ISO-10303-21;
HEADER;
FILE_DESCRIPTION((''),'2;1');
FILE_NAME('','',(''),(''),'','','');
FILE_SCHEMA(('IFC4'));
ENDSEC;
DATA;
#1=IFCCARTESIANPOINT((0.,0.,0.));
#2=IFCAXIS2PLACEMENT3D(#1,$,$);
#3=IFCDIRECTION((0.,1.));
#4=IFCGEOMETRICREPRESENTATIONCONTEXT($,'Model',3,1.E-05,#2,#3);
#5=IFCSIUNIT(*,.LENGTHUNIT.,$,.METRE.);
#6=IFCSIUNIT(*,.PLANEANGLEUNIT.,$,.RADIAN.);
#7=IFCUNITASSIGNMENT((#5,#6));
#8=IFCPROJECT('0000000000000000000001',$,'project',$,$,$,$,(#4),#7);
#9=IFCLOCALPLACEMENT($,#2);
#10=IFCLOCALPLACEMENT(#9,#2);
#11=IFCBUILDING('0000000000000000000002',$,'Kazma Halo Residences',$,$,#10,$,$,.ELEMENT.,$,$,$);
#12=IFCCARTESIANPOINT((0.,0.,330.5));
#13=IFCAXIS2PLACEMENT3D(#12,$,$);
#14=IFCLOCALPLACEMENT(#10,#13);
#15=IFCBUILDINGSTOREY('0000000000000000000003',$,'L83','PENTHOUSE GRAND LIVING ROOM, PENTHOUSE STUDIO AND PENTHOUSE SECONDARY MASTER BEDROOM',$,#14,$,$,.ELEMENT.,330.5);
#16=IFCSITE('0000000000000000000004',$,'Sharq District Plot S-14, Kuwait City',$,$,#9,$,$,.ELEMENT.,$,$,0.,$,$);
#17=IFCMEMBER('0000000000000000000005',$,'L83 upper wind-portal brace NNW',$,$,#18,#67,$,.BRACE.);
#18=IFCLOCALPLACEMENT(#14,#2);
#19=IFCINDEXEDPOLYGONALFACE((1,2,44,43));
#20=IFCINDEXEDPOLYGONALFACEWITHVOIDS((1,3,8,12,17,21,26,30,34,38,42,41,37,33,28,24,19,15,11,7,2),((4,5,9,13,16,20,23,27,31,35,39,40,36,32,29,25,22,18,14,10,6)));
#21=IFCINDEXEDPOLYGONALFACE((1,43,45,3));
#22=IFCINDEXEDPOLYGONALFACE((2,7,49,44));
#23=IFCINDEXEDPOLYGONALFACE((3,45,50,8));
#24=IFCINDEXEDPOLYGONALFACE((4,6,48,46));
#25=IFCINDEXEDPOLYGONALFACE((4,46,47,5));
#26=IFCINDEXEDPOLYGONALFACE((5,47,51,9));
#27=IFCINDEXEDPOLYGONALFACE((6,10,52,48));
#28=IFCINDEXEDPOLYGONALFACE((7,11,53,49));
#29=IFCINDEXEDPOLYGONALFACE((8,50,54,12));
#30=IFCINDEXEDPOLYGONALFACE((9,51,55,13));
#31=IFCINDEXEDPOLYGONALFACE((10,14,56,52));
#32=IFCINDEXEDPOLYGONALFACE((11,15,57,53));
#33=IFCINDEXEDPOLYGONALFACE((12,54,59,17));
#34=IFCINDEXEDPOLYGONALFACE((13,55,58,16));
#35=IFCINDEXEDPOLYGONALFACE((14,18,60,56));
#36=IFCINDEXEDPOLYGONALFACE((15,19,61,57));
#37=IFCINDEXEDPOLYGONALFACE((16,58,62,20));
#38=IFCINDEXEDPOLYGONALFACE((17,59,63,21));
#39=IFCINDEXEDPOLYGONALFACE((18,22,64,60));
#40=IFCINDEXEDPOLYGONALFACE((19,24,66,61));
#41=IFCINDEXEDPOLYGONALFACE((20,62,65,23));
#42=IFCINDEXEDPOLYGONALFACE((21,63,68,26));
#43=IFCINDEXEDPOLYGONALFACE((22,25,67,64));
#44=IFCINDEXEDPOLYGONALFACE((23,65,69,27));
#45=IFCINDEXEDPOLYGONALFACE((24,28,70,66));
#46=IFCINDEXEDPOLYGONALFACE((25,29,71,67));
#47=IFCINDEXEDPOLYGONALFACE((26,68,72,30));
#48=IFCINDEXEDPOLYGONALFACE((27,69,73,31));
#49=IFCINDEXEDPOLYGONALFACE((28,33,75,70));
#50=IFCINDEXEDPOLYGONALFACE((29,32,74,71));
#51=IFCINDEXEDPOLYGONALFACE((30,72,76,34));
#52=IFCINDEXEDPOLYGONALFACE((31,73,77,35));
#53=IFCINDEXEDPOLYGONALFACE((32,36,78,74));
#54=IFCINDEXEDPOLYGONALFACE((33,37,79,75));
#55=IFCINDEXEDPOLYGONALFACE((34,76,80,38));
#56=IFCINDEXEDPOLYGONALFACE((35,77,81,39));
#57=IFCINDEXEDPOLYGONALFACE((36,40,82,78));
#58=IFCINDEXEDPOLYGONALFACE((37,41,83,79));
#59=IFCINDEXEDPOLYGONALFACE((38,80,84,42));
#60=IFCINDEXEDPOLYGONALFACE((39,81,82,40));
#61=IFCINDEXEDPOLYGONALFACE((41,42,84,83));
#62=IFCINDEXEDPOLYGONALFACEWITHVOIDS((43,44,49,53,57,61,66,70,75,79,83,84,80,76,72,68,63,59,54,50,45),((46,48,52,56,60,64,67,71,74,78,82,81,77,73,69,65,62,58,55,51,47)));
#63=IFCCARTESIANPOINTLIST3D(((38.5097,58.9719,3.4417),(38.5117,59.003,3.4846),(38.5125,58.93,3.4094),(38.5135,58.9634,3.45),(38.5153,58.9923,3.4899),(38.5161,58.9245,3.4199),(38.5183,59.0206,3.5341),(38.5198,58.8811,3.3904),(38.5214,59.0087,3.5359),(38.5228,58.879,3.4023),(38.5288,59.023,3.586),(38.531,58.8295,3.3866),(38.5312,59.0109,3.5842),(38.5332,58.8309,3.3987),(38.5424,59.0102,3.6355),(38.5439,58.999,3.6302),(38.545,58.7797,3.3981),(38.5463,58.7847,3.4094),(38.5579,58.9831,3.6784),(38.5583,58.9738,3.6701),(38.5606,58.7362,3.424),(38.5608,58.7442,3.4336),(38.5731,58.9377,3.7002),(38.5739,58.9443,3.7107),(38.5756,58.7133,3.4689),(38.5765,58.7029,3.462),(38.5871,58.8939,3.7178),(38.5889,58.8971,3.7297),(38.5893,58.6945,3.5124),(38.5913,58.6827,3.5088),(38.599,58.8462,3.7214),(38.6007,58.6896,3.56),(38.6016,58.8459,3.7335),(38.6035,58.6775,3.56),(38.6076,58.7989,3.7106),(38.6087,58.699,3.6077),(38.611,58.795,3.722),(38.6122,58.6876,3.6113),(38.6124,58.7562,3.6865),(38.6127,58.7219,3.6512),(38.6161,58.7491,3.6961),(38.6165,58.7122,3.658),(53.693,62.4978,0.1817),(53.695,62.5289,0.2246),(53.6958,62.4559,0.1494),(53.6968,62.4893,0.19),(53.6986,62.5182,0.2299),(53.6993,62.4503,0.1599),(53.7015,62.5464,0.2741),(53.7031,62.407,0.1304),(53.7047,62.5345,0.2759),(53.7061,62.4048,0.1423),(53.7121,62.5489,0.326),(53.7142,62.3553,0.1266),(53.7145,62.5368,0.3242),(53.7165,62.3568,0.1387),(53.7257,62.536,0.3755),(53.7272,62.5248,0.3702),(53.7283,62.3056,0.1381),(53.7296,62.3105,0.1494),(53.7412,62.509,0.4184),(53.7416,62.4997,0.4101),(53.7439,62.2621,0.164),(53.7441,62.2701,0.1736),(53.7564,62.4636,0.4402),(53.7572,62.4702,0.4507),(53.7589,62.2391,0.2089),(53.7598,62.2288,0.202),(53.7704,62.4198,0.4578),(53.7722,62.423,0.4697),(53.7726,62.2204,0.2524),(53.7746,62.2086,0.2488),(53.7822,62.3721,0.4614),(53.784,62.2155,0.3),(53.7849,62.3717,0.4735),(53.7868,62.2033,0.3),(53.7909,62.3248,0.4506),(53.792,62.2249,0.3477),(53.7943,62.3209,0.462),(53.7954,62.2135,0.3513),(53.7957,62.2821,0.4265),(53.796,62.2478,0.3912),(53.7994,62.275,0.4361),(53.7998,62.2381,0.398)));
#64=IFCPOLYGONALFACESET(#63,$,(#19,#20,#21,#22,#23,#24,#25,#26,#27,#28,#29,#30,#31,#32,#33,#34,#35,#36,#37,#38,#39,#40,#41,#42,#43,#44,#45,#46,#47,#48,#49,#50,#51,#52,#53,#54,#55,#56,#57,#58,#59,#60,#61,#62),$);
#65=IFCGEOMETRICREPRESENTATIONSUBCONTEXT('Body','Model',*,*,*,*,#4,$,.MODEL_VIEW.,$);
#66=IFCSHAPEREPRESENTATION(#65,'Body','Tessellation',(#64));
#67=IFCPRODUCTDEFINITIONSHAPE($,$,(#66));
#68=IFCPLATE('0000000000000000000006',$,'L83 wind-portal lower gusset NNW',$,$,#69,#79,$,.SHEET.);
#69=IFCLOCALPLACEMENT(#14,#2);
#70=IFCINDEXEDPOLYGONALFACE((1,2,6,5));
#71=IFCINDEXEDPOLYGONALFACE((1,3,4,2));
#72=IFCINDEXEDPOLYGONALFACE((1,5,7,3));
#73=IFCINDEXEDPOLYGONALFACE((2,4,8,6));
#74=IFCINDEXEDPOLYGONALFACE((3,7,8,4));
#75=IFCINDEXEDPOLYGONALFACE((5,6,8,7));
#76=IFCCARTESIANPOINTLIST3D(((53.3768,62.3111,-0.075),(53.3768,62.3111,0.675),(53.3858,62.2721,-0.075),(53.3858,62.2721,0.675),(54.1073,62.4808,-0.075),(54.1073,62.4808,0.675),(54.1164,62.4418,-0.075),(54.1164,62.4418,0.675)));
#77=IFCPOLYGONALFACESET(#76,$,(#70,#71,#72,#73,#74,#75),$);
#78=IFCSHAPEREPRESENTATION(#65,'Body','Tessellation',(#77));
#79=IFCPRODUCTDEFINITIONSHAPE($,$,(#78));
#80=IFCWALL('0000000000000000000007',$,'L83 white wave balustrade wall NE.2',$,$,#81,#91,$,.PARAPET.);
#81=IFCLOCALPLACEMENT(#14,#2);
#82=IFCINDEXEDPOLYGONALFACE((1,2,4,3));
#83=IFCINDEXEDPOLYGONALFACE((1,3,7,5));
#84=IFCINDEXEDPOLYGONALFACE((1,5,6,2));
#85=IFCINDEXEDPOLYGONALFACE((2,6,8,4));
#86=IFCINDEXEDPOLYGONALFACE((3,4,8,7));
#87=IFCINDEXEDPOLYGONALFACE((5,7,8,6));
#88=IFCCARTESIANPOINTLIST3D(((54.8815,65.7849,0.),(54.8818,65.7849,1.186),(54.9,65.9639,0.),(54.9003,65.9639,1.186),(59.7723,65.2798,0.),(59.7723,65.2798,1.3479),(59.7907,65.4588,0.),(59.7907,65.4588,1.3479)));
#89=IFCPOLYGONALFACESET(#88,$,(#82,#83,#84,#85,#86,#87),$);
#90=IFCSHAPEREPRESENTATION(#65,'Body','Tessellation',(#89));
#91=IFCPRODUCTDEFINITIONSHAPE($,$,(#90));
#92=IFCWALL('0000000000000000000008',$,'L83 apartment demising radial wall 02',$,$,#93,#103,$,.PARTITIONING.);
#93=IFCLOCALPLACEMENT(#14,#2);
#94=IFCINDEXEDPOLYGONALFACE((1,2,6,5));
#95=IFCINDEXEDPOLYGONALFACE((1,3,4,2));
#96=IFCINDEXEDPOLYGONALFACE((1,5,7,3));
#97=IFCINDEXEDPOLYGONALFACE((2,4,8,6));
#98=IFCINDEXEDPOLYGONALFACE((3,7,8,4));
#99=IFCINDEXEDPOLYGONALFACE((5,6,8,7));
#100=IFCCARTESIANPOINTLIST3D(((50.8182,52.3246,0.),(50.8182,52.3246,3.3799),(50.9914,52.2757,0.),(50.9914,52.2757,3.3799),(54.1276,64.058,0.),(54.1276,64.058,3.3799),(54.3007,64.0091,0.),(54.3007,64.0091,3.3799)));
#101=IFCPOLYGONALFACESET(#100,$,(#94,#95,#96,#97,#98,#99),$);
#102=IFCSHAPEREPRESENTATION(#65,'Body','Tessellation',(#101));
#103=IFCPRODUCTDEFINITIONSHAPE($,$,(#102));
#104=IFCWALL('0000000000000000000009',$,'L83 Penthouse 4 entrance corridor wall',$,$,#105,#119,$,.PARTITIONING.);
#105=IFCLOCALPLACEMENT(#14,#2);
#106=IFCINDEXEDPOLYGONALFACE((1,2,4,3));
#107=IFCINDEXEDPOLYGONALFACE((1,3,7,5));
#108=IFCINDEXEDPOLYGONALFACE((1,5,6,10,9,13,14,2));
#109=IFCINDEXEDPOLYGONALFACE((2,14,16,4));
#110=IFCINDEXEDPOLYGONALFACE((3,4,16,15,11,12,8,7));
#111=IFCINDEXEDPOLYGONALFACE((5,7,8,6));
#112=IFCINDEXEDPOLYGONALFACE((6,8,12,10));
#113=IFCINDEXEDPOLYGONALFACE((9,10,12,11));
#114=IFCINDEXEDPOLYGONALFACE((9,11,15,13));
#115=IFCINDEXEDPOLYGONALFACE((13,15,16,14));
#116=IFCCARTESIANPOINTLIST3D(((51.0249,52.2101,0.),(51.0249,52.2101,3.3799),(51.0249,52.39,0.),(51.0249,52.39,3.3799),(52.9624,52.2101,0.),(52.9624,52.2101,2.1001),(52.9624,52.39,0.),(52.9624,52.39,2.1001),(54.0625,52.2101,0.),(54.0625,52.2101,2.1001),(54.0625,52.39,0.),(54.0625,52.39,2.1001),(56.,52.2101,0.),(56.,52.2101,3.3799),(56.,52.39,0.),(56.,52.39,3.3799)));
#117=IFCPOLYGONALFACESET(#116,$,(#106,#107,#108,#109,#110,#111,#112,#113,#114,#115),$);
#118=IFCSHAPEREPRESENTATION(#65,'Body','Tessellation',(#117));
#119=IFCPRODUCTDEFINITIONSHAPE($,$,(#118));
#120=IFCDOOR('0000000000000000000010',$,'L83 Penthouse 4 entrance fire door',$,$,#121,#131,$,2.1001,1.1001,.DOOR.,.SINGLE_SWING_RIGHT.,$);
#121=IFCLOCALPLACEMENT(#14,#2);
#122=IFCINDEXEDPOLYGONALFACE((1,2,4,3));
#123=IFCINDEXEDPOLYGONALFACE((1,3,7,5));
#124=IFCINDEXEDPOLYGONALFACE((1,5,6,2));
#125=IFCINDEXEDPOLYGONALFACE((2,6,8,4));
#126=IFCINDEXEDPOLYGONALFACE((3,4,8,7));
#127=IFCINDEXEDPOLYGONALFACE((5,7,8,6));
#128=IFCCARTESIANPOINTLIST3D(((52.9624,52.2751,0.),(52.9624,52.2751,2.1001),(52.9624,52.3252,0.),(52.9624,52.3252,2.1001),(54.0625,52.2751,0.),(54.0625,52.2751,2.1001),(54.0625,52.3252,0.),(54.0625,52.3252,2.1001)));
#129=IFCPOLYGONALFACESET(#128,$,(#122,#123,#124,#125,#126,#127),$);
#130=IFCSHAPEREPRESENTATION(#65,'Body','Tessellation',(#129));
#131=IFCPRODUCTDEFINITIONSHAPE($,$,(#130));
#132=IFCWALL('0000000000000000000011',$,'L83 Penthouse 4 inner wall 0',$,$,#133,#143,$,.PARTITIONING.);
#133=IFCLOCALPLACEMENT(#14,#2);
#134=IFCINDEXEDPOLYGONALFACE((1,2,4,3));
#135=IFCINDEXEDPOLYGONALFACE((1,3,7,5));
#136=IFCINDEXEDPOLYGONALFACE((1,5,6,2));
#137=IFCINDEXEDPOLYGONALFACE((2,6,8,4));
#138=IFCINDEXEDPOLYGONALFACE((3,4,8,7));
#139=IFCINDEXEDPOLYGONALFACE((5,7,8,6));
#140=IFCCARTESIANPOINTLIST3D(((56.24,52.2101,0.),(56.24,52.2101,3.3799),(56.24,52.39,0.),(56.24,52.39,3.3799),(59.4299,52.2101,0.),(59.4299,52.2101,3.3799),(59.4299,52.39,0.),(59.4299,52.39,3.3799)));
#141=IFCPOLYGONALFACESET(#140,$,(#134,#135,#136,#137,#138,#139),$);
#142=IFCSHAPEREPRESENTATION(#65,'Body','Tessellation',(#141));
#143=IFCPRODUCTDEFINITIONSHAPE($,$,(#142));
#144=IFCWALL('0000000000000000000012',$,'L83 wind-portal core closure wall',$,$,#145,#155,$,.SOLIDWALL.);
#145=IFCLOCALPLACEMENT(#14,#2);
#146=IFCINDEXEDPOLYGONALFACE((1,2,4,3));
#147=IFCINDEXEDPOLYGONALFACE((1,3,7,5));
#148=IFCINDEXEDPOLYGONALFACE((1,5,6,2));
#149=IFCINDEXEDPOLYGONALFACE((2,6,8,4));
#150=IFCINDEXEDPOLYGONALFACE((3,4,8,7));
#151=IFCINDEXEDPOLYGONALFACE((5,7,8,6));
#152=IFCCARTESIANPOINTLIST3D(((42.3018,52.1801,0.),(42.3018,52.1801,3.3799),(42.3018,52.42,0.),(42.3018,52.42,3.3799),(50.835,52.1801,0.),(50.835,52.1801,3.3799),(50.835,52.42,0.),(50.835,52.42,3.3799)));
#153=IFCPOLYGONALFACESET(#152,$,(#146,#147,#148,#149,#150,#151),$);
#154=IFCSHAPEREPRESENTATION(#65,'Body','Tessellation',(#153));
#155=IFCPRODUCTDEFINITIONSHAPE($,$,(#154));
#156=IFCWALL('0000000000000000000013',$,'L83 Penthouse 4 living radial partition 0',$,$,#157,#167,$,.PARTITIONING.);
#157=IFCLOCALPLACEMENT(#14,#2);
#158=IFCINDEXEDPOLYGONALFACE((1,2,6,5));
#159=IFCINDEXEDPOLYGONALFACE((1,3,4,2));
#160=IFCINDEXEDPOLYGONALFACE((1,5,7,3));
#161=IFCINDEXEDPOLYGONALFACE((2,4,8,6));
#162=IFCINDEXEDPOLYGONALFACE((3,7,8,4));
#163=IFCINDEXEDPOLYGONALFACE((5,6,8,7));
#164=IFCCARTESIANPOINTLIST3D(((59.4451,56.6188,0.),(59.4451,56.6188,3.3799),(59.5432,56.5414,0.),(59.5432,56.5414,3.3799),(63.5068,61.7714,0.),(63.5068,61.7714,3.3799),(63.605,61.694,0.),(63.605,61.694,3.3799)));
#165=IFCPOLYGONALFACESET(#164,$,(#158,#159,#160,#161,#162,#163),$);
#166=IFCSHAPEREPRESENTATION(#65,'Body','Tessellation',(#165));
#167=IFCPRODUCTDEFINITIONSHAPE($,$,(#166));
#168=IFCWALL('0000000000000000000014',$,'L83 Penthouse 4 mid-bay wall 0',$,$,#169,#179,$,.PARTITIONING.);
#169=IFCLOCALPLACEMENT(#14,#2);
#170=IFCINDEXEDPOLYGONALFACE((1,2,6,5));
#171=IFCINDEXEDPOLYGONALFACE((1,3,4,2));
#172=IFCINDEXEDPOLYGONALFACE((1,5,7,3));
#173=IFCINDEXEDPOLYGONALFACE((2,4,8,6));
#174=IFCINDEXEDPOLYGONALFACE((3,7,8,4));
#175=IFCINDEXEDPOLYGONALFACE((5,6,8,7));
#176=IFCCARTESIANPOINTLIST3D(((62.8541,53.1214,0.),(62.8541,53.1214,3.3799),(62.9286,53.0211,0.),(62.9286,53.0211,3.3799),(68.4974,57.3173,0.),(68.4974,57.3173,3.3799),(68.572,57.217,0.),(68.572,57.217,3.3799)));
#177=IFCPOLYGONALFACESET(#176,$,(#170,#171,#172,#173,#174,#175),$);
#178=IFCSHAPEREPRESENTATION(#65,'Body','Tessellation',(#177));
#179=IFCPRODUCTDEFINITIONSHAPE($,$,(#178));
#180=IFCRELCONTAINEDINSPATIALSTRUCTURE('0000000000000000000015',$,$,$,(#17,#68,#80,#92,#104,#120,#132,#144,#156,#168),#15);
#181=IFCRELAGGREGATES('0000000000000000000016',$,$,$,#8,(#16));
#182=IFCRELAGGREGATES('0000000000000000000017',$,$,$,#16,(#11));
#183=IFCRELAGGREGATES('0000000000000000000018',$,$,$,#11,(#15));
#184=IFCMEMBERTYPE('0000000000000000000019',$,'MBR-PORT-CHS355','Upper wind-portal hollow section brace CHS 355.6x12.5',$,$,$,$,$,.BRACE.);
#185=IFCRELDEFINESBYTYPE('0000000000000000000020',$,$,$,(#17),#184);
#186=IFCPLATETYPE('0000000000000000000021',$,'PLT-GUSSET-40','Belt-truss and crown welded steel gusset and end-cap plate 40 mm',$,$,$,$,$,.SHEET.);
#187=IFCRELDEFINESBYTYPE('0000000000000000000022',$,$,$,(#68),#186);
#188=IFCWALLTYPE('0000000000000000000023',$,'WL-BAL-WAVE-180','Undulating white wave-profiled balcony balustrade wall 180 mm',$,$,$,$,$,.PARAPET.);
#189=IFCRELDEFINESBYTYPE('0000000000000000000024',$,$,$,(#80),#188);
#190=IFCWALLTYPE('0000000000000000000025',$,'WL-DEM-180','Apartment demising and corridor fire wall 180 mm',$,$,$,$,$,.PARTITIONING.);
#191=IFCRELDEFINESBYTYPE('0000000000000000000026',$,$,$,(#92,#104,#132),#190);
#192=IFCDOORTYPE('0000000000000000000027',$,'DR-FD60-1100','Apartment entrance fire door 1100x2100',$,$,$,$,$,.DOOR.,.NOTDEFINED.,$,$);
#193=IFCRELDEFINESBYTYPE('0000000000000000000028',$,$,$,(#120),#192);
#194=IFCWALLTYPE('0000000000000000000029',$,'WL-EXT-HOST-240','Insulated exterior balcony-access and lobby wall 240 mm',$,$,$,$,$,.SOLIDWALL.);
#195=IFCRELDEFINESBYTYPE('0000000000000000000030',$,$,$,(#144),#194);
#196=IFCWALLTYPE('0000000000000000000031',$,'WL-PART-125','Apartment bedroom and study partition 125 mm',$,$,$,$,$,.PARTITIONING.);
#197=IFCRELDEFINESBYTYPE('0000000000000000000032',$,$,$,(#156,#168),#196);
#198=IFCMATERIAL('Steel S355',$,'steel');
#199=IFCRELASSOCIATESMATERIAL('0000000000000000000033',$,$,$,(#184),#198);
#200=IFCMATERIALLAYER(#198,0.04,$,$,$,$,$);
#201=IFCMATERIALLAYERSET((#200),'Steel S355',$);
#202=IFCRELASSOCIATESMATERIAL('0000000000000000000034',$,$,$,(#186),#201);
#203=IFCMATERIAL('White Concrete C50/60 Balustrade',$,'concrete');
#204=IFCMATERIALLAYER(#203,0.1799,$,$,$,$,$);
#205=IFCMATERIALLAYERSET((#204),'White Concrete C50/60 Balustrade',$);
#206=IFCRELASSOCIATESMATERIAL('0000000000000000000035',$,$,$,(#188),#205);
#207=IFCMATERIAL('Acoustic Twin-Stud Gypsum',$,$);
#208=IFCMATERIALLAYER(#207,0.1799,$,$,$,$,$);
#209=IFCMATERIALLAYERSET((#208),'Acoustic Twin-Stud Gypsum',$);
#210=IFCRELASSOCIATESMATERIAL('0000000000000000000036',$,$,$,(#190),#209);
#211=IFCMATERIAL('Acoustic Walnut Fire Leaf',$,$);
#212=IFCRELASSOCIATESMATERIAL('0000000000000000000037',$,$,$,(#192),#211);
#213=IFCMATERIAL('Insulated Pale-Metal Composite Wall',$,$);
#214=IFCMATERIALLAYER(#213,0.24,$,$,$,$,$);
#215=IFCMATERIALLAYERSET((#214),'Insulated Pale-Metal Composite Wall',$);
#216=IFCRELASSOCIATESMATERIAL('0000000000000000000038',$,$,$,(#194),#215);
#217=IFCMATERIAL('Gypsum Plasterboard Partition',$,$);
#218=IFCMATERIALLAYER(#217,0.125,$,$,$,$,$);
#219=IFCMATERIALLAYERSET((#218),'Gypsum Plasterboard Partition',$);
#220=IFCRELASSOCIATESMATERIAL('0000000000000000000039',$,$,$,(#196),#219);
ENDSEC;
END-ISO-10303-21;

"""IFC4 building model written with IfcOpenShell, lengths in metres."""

from ifc_helpers import new_model, si_unit, direction, frame, frame_2d, origin, origin_2d, place, context, subcontext, project, spatial, polyline, rectangle, hollow_circle, outline, extrude, material, layer, layer_set, material_profile, profile_set, type_object, element, fill, save


model = new_model("IFC4")

# Units and contexts
model_context = context("Model", 3, precision=1e-05, world=origin(), true_north=direction((0.0, 1.0)))
body_context = subcontext(model_context, "Body", "Model", "MODEL_VIEW")
ifc_project = project(units=[si_unit("LENGTHUNIT", "METRE"), si_unit("PLANEANGLEUNIT", "RADIAN")], contexts=[model_context])

# Site, building, storey
site_placement = place(None, origin())
site = spatial("IfcSite", under=ifc_project, at=site_placement, Name="Sharq District Plot S-14, Kuwait City", CompositionType="ELEMENT", RefElevation=0.0)
building_placement = place(site_placement, origin())
building = spatial("IfcBuilding", under=site, at=building_placement, Name="Kazma Halo Residences", CompositionType="ELEMENT")
storey_placement = place(building_placement, frame((0.0, 0.0, 330.5)))
storey = spatial("IfcBuildingStorey", under=building, at=storey_placement, Name="L83", Description="PENTHOUSE GRAND LIVING ROOM, PENTHOUSE STUDIO AND PENTHOUSE SECONDARY MASTER BEDROOM", CompositionType="ELEMENT", Elevation=330.5)

# Shared definitions
ifc_material_1 = material(Name="Steel S355", Category="steel")

# Member
ifc_material_profile_1 = material_profile(ifc_material_1, hollow_circle(Radius=0.1777, WallThickness=0.0125, at=origin_2d()), Name="CHS355.6x12.5")
ifc_profile_set_1 = profile_set([ifc_material_profile_1], Name="Steel S355")
member_type = type_object("IfcMemberType", Name="MBR-PORT-CHS355", Description="Upper wind-portal hollow section brace CHS 355.6x12.5", PredefinedType="BRACE", material=ifc_profile_set_1)
member_placement = place(storey_placement, frame((53.7466, 62.3765, 0.3), z_axis=(-0.953451, -0.221411, 0.204715), x_axis=(0.226201, -0.974081, 0.0)))
element("IfcMember", 1, at=member_placement, inside=storey, type_object=member_type, Name="L83 upper wind-portal brace NNW", PredefinedType="BRACE", context=body_context, shape_type="SweptSolid", body=[
    extrude(hollow_circle(Radius=0.1777, WallThickness=0.0125, at=origin_2d()), origin(), (0.0, 0.0, 1.0), 15.9246),
])

# Plate
ifc_layer_1 = layer(ifc_material_1, 0.04)
ifc_layer_set_1 = layer_set([ifc_layer_1], Name="Steel S355")
plate_type = type_object("IfcPlateType", Name="PLT-GUSSET-40", Description="Belt-truss and crown welded steel gusset and end-cap plate 40 mm", PredefinedType="SHEET", material=ifc_layer_set_1)
plate_placement = place(storey_placement, frame((53.7466, 62.3765, -0.075), z_axis=(0.0, 0.0, 1.0), x_axis=(-0.974084, -0.226188, 0.0)))
element("IfcPlate", 2, at=plate_placement, inside=storey, type_object=plate_type, Name="L83 wind-portal lower gusset NNW", PredefinedType="SHEET", context=body_context, shape_type="SweptSolid", body=[
    extrude(rectangle(XDim=0.75, YDim=0.04, at=origin_2d()), origin(), (0.0, 0.0, 1.0), 0.75),
])

# Walls
ifc_material_2 = material(Name="White Concrete C50/60 Balustrade", Category="concrete")
ifc_layer_2 = layer(ifc_material_2, 0.1799)
ifc_layer_set_2 = layer_set([ifc_layer_2], Name="White Concrete C50/60 Balustrade")
wall_type_1 = type_object("IfcWallType", Name="WL-BAL-WAVE-180", Description="Undulating white wave-profiled balcony balustrade wall 180 mm", PredefinedType="PARAPET", material=ifc_layer_set_2)
wall_1_placement = place(storey_placement, frame((59.7815, 65.3691, 0.0), z_axis=(0.0, 0.0, 1.0), x_axis=(-0.994708, 0.102738, 0.0)))
element("IfcWall", 3, at=wall_1_placement, inside=storey, type_object=wall_type_1, Name="L83 white wave balustrade wall NE.2", PredefinedType="PARAPET", context=body_context, shape_type="SweptSolid", body=[
    extrude(outline(polyline([(0.0, 0.0), (4.9167, 0.0), (4.9165, 1.186), (0.0, 1.3479), (0.0, 0.0)])), frame((0.0, 0.0898, 0.0), z_axis=(0.0, -1.0, 0.0), x_axis=(1.0, 0.0, 0.0)), (0.0, 0.0, 1.0), 0.1799),
])
ifc_material_3 = material(Name="Acoustic Twin-Stud Gypsum")
ifc_layer_3 = layer(ifc_material_3, 0.1799)
ifc_layer_set_3 = layer_set([ifc_layer_3], Name="Acoustic Twin-Stud Gypsum")
wall_type_2 = type_object("IfcWallType", Name="WL-DEM-180", Description="Apartment demising and corridor fire wall 180 mm", PredefinedType="PARTITIONING", material=ifc_layer_set_3)
wall_2_placement = place(storey_placement, frame((50.9048, 52.3, 0.0), z_axis=(0.0, 0.0, 1.0), x_axis=(0.271453, 0.962452, 0.0)))
element("IfcWall", 4, at=wall_2_placement, inside=storey, type_object=wall_type_2, Name="L83 apartment demising radial wall 02", PredefinedType="PARTITIONING", context=body_context, shape_type="SweptSolid", body=[
    extrude(rectangle(XDim=12.1912, YDim=0.1799, at=frame_2d((6.0957, 0.0))), origin(), (0.0, 0.0, 1.0), 3.3799),
])

# Wall, opening, door
wall_3_placement = place(storey_placement, frame((56.0, 52.3, 0.0), z_axis=(0.0, 0.0, 1.0), x_axis=(-1.0, 0.0, 0.0)))
wall_3 = element("IfcWall", 5, at=wall_3_placement, inside=storey, type_object=wall_type_2, Name="L83 Penthouse 4 entrance corridor wall", PredefinedType="PARTITIONING", context=body_context, shape_type="SweptSolid", body=[
    extrude(rectangle(XDim=4.9751, YDim=0.1799, at=frame_2d((2.4875, 0.0))), origin(), (0.0, 0.0, 1.0), 3.3799),
])
opening_1_placement = place(wall_3_placement, frame((1.9375, 0.0, 0.0)))
opening_1 = element("IfcOpeningElement", 6, at=opening_1_placement, cuts=wall_3, PredefinedType="OPENING", context=body_context, shape_type="SweptSolid", body=[
    extrude(rectangle(XDim=1.1001, YDim=2.1001, at=frame_2d((0.55, 1.05))), frame((0.0, 0.0999, 0.0), z_axis=(0.0, -1.0, 0.0), x_axis=(1.0, 0.0, 0.0)), (0.0, 0.0, 1.0), 0.2),
])
ifc_material_4 = material(Name="Acoustic Walnut Fire Leaf")
door_type_1 = type_object("IfcDoorType", Name="DR-FD60-1100", Description="Apartment entrance fire door 1100x2100", OperationType="NOTDEFINED", PredefinedType="DOOR", material=ifc_material_4)
door_1_placement = place(opening_1_placement, origin())
door_1 = element("IfcDoor", 7, at=door_1_placement, inside=storey, type_object=door_type_1, Name="L83 Penthouse 4 entrance fire door", OperationType="SINGLE_SWING_RIGHT", OverallHeight=2.1001, OverallWidth=1.1001, PredefinedType="DOOR", context=body_context, shape_type="SweptSolid", body=[
    extrude(rectangle(XDim=1.1001, YDim=2.1001, at=frame_2d((0.55, 1.05))), frame((0.0, 0.0249, 0.0), z_axis=(0.0, -1.0, 0.0), x_axis=(1.0, 0.0, 0.0)), (0.0, 0.0, 1.0), 0.05),
])
fill(opening_1, door_1)

# Walls
wall_4_placement = place(storey_placement, frame((59.4299, 52.3, 0.0), z_axis=(0.0, 0.0, 1.0), x_axis=(-1.0, 0.0, 0.0)))
element("IfcWall", 8, at=wall_4_placement, inside=storey, type_object=wall_type_2, Name="L83 Penthouse 4 inner wall 0", PredefinedType="PARTITIONING", context=body_context, shape_type="SweptSolid", body=[
    extrude(rectangle(XDim=3.1899, YDim=0.1799, at=frame_2d((1.595, 0.0))), origin(), (0.0, 0.0, 1.0), 3.3799),
])
ifc_material_5 = material(Name="Insulated Pale-Metal Composite Wall")
ifc_layer_4 = layer(ifc_material_5, 0.24)
ifc_layer_set_4 = layer_set([ifc_layer_4], Name="Insulated Pale-Metal Composite Wall")
wall_type_3 = type_object("IfcWallType", Name="WL-EXT-HOST-240", Description="Insulated exterior balcony-access and lobby wall 240 mm", PredefinedType="SOLIDWALL", material=ifc_layer_set_4)
wall_5_placement = place(storey_placement, frame((50.835, 52.3, 0.0), z_axis=(0.0, 0.0, 1.0), x_axis=(-1.0, 0.0, 0.0)))
element("IfcWall", 9, at=wall_5_placement, inside=storey, type_object=wall_type_3, Name="L83 wind-portal core closure wall", PredefinedType="SOLIDWALL", context=body_context, shape_type="SweptSolid", body=[
    extrude(rectangle(XDim=8.5332, YDim=0.24, at=frame_2d((4.2666, 0.0))), origin(), (0.0, 0.0, 1.0), 3.3799),
])
ifc_material_6 = material(Name="Gypsum Plasterboard Partition")
ifc_layer_5 = layer(ifc_material_6, 0.125)
ifc_layer_set_5 = layer_set([ifc_layer_5], Name="Gypsum Plasterboard Partition")
wall_type_4 = type_object("IfcWallType", Name="WL-PART-125", Description="Apartment bedroom and study partition 125 mm", PredefinedType="PARTITIONING", material=ifc_layer_set_5)
wall_6_placement = place(storey_placement, frame((59.4941, 56.5801, 0.0), z_axis=(0.0, 0.0, 1.0), x_axis=(0.619075, 0.785332, 0.0)))
element("IfcWall", 10, at=wall_6_placement, inside=storey, type_object=wall_type_4, Name="L83 Penthouse 4 living radial partition 0", PredefinedType="PARTITIONING", context=body_context, shape_type="SweptSolid", body=[
    extrude(rectangle(XDim=6.561, YDim=0.125, at=frame_2d((3.2805, 0.0))), origin(), (0.0, 0.0, 1.0), 3.3799),
])
wall_7_placement = place(storey_placement, frame((62.8914, 53.0713, 0.0), z_axis=(0.0, 0.0, 1.0), x_axis=(0.802497, 0.596656, 0.0)))
element("IfcWall", 11, at=wall_7_placement, inside=storey, type_object=wall_type_4, Name="L83 Penthouse 4 mid-bay wall 0", PredefinedType="PARTITIONING", context=body_context, shape_type="SweptSolid", body=[
    extrude(rectangle(XDim=7.0322, YDim=0.125, at=frame_2d((3.5161, 0.0))), origin(), (0.0, 0.0, 1.0), 3.3799),
])

save(model, "model.ifc")
